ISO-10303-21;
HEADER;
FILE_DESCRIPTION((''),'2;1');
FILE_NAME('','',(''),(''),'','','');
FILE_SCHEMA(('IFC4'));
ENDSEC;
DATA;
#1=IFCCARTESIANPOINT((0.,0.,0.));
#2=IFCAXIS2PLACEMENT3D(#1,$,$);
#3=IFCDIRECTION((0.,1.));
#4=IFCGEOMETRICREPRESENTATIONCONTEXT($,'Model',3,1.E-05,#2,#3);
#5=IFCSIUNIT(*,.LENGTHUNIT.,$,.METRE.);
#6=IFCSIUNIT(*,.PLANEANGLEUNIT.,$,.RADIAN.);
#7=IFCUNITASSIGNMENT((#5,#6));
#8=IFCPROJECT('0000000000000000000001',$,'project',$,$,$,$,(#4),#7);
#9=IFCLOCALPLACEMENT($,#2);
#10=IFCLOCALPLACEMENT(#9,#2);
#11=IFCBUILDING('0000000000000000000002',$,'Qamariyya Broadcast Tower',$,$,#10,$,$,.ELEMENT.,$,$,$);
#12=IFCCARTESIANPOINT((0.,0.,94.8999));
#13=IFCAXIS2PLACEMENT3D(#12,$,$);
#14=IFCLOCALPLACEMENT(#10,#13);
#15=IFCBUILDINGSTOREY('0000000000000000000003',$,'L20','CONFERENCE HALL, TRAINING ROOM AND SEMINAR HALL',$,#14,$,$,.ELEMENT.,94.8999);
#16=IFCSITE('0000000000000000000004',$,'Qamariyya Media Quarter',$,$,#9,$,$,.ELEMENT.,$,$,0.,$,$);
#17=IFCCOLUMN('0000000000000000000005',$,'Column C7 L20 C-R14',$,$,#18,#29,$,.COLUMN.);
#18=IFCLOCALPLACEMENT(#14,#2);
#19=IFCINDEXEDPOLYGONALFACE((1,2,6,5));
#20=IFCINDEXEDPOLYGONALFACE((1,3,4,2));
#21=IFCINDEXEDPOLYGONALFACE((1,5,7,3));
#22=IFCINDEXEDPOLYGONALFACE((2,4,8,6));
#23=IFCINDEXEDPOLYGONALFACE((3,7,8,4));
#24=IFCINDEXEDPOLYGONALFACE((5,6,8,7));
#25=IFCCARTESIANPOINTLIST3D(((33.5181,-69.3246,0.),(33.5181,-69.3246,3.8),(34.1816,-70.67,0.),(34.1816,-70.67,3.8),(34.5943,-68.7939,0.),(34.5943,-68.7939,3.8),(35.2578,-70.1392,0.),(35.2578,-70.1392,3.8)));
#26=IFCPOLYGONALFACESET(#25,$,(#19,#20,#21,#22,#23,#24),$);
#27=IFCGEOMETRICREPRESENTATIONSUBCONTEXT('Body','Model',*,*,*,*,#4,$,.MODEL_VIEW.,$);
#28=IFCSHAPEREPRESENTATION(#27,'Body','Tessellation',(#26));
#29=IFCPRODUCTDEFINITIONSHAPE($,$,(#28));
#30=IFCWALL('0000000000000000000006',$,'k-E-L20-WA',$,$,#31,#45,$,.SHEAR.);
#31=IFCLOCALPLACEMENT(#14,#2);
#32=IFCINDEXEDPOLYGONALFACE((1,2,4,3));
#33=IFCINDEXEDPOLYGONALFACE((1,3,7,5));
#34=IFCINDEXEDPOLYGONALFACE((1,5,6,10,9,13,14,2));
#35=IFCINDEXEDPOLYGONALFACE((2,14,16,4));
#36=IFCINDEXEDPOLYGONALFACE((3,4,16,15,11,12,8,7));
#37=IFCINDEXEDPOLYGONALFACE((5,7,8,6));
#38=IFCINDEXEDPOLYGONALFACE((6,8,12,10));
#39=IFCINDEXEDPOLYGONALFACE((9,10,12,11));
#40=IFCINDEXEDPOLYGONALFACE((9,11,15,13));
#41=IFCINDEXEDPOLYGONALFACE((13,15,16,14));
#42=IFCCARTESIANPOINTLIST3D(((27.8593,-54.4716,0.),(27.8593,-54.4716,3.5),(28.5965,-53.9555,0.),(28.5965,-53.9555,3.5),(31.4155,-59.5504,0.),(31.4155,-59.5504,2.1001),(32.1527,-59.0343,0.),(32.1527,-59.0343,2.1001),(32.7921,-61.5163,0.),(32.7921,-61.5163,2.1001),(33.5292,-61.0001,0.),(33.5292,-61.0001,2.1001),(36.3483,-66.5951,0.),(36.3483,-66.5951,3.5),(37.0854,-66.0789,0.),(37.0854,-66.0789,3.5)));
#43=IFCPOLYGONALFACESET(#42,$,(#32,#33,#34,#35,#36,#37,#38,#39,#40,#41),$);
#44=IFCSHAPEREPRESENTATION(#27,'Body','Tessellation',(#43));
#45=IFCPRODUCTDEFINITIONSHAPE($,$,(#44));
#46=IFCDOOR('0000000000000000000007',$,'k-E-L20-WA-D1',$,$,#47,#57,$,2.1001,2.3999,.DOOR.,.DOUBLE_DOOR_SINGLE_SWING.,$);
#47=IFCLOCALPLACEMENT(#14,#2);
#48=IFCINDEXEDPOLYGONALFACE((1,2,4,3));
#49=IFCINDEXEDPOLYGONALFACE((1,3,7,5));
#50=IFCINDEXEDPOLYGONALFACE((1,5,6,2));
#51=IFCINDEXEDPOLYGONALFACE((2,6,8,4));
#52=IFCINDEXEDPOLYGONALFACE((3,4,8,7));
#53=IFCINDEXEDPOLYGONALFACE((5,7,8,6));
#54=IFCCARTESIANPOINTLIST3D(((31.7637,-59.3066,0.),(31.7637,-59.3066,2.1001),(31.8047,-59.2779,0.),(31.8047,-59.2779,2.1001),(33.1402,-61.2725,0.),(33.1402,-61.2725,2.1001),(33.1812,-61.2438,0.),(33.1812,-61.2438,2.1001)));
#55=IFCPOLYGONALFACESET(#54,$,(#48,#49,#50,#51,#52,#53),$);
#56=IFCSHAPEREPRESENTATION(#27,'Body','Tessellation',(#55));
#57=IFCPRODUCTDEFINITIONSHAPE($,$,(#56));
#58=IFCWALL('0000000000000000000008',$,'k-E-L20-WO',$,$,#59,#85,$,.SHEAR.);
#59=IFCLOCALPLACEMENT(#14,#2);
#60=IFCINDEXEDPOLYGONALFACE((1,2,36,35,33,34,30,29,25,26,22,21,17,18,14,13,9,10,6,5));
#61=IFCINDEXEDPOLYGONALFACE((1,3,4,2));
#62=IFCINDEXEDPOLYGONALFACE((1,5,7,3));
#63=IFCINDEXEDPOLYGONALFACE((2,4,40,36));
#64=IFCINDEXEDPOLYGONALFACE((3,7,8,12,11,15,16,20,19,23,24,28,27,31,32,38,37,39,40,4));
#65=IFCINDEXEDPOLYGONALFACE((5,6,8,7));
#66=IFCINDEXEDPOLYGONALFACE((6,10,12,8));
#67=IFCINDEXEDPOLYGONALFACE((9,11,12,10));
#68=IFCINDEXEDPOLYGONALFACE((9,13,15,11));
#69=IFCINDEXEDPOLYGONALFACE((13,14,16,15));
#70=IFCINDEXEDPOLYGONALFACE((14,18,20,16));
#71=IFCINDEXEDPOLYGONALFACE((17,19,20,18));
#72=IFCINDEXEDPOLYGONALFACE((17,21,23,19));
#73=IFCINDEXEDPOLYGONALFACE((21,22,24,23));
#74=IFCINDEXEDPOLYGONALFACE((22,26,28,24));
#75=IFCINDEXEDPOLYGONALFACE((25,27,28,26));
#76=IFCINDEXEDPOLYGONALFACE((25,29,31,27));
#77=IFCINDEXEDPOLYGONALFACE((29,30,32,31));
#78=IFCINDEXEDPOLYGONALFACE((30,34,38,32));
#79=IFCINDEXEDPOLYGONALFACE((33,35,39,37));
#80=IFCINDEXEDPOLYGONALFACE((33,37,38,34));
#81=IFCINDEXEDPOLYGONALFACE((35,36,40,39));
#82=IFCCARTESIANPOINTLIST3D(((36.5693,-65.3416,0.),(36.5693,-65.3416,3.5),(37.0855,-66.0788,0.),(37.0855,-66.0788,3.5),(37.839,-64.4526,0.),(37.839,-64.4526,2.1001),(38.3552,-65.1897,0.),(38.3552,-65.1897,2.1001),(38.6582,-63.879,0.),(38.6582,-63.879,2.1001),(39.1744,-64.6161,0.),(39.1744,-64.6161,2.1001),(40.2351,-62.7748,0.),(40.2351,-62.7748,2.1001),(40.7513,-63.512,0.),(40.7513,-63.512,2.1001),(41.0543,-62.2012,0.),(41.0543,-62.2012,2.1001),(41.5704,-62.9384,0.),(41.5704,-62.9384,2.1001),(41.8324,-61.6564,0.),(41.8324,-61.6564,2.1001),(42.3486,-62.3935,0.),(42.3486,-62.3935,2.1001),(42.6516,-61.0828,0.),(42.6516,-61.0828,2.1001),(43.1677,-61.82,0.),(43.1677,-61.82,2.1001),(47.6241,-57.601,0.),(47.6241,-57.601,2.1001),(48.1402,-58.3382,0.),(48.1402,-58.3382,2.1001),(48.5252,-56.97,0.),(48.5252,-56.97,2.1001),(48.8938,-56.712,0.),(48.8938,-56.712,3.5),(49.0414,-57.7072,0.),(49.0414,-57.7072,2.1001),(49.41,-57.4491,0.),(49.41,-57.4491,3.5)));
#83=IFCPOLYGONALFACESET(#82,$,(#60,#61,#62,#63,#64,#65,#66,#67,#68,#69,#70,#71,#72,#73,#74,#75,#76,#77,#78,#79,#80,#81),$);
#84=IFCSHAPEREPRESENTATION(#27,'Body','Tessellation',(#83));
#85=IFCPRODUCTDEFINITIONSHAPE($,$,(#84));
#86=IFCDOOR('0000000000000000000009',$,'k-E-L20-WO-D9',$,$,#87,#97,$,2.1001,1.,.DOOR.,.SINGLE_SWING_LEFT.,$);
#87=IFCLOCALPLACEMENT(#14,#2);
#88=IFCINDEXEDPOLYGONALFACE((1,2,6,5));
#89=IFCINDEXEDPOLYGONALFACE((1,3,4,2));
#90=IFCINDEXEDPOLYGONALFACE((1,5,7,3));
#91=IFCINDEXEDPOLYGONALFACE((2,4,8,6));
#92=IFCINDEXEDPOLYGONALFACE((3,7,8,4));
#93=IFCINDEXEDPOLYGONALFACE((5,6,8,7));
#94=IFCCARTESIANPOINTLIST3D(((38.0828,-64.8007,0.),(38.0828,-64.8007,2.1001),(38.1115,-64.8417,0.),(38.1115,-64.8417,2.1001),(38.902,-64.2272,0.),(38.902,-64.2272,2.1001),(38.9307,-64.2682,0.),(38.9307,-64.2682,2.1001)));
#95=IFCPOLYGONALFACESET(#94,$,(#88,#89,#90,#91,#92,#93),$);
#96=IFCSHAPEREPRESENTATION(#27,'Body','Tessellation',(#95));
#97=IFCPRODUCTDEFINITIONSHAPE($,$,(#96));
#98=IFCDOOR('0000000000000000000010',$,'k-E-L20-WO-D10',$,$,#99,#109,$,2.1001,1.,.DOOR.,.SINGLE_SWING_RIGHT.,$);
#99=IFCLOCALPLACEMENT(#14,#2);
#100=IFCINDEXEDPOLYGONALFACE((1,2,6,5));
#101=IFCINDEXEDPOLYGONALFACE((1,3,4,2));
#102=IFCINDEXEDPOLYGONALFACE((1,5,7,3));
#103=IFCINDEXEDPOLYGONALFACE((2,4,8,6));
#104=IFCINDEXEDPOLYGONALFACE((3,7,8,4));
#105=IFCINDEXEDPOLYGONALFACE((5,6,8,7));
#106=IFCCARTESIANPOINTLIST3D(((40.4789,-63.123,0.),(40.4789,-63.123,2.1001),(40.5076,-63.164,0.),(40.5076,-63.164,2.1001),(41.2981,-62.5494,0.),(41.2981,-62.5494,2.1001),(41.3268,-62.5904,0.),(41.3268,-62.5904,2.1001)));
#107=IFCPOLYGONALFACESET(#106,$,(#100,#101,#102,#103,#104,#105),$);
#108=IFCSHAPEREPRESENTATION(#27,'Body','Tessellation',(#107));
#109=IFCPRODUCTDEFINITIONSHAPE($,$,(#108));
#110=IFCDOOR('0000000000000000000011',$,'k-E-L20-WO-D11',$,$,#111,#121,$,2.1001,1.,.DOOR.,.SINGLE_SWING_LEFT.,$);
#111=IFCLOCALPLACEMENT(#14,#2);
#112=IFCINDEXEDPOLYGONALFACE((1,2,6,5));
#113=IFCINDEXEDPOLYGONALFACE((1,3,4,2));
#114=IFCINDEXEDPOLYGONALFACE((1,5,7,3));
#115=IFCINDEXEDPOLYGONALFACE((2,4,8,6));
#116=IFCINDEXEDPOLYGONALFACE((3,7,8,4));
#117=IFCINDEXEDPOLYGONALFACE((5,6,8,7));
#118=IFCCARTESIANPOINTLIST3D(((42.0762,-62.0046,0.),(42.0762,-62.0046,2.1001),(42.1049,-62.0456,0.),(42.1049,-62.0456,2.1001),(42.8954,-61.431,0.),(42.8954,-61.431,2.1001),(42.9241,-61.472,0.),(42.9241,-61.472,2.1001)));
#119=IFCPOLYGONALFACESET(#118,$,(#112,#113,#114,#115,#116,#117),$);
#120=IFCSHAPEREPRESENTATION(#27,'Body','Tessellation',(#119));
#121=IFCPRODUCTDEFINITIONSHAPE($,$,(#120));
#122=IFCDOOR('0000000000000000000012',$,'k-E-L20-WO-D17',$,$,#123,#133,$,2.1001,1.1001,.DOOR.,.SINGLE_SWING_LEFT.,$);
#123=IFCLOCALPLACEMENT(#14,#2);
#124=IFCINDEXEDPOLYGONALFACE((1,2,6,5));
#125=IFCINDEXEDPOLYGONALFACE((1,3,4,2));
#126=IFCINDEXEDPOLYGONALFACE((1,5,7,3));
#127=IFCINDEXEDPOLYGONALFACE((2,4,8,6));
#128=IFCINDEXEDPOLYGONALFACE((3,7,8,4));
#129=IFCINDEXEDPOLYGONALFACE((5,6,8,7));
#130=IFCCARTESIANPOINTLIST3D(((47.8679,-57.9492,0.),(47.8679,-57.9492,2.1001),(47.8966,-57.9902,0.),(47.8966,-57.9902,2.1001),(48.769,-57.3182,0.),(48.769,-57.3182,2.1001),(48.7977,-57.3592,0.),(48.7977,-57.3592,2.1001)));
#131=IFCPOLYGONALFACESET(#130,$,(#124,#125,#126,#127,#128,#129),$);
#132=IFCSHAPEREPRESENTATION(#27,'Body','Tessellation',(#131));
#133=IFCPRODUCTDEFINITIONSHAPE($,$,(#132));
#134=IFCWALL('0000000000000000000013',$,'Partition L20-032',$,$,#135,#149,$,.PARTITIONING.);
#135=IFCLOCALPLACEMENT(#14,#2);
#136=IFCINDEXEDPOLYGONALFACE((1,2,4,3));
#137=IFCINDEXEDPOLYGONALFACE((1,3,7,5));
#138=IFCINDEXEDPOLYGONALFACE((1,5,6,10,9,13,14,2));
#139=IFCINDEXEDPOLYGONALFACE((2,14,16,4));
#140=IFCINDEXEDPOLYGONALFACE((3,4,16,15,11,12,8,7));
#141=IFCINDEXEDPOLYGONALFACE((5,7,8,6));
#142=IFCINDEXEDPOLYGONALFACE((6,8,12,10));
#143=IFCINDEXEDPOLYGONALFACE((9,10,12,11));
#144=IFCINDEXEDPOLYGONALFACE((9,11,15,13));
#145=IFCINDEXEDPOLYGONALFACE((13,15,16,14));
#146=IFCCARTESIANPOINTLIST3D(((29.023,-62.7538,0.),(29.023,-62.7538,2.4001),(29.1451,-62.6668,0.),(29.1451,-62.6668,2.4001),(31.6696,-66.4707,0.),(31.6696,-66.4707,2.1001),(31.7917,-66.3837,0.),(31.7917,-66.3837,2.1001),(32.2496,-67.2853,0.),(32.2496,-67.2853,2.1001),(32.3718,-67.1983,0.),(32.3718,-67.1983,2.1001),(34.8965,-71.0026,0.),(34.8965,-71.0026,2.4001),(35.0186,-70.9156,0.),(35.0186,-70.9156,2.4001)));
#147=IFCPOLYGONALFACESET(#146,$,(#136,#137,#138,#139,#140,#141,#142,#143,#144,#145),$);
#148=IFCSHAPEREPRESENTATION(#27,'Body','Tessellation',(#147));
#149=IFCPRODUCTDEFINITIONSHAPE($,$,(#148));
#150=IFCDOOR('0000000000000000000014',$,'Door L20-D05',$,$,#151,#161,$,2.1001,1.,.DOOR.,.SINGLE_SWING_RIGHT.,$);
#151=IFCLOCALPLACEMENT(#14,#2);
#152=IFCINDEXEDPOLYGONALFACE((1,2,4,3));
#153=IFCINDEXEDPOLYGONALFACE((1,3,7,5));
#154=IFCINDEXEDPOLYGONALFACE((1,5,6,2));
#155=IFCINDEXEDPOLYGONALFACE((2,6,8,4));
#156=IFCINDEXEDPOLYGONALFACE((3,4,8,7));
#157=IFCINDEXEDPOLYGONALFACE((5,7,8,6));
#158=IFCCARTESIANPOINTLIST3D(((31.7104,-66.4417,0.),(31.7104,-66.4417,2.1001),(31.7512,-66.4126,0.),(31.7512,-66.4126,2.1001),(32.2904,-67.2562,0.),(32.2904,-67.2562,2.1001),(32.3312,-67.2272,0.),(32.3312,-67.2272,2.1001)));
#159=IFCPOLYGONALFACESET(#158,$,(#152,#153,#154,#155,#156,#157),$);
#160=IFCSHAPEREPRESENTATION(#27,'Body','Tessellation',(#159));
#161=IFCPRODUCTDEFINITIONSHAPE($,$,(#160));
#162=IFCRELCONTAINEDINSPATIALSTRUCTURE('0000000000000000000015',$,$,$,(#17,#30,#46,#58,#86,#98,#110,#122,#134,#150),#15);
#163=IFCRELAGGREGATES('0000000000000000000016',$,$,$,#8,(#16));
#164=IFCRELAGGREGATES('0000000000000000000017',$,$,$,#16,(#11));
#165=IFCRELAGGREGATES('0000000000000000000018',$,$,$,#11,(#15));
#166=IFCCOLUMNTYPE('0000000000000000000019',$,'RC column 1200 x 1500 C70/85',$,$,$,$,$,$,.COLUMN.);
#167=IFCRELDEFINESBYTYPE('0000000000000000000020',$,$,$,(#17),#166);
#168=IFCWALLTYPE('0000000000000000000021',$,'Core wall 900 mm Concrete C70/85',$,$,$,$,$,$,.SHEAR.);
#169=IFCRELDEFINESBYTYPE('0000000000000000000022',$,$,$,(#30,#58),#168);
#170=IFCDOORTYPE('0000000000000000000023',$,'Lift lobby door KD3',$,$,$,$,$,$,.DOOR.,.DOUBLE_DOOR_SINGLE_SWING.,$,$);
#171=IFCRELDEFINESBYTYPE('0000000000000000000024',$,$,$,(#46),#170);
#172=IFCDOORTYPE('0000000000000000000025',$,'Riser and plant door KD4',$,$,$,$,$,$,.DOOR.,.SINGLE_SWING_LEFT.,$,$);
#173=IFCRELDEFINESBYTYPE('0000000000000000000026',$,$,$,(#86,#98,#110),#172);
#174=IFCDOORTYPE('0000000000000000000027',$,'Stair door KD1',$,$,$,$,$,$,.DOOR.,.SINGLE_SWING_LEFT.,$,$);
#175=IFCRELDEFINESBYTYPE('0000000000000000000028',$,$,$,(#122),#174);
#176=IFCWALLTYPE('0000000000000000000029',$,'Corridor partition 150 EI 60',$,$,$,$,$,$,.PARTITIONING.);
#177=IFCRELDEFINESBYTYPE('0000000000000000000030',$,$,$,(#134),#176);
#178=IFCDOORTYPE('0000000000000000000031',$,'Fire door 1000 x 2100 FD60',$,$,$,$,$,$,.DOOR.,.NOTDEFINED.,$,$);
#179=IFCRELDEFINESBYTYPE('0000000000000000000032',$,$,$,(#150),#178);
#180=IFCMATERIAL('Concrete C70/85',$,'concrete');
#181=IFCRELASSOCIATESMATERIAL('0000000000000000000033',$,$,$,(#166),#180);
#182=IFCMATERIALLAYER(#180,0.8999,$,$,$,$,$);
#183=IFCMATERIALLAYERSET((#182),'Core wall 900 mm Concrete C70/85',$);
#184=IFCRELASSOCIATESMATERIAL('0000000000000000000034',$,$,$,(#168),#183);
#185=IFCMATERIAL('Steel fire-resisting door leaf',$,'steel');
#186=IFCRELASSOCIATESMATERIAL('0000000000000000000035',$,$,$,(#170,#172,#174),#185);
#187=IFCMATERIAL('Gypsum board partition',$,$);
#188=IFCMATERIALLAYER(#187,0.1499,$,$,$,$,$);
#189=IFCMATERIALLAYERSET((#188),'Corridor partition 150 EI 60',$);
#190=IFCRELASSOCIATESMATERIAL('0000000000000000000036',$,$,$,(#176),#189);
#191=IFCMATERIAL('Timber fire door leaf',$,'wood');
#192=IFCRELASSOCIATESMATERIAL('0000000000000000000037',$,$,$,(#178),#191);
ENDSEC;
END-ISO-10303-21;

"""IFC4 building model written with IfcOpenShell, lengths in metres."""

from ifc_helpers import new_model, si_unit, direction, frame, frame_2d, origin, origin_2d, place, context, subcontext, project, spatial, rectangle, extrude, material, layer, layer_set, material_profile, profile_set, type_object, element, fill, save


model = new_model("IFC4")

# Units and contexts
model_context = context("Model", 3, precision=1e-05, world=origin(), true_north=direction((0.0, 1.0)))
body_context = subcontext(model_context, "Body", "Model", "MODEL_VIEW")
ifc_project = project(units=[si_unit("LENGTHUNIT", "METRE"), si_unit("PLANEANGLEUNIT", "RADIAN")], contexts=[model_context])

# Site, building, storey
site_placement = place(None, origin())
site = spatial("IfcSite", under=ifc_project, at=site_placement, Name="Qamariyya Media Quarter", CompositionType="ELEMENT", RefElevation=0.0)
building_placement = place(site_placement, origin())
building = spatial("IfcBuilding", under=site, at=building_placement, Name="Qamariyya Broadcast Tower", CompositionType="ELEMENT")
storey_placement = place(building_placement, frame((0.0, 0.0, 94.8999)))
storey = spatial("IfcBuildingStorey", under=building, at=storey_placement, Name="L20", Description="CONFERENCE HALL, TRAINING ROOM AND SEMINAR HALL", CompositionType="ELEMENT", Elevation=94.8999)

# Column
ifc_material_1 = material(Name="Concrete C70/85", Category="concrete")
ifc_material_profile_1 = material_profile(ifc_material_1, rectangle(XDim=1.2, YDim=1.5, at=origin_2d()))
ifc_profile_set_1 = profile_set([ifc_material_profile_1], Name="Concrete C70/85")
column_type = type_object("IfcColumnType", Name="RC column 1200 x 1500 C70/85", PredefinedType="COLUMN", material=ifc_profile_set_1)
column_placement = place(storey_placement, frame((34.3879, -69.7319, 0.0), z_axis=(0.0, 0.0, 1.0), x_axis=(0.896873, 0.442289, 0.0)))
element("IfcColumn", 1, at=column_placement, inside=storey, type_object=column_type, Name="Column C7 L20 C-R14", PredefinedType="COLUMN", context=body_context, shape_type="SweptSolid", body=[
    extrude(rectangle(XDim=1.2, YDim=1.5, at=origin_2d()), origin(), (0.0, 0.0, 1.0), 3.8),
])

# Wall, opening, door
ifc_layer_1 = layer(ifc_material_1, 0.8999)
ifc_layer_set_1 = layer_set([ifc_layer_1], Name="Core wall 900 mm Concrete C70/85")
wall_type_1 = type_object("IfcWallType", Name="Core wall 900 mm Concrete C70/85", PredefinedType="SHEAR", material=ifc_layer_set_1)
wall_1_placement = place(storey_placement, frame((36.7168, -66.3369, 0.0), z_axis=(0.0, 0.0, 1.0), x_axis=(-0.573577, 0.819151, 0.0)))
wall_1 = element("IfcWall", 2, at=wall_1_placement, inside=storey, type_object=wall_type_1, Name="k-E-L20-WA", PredefinedType="SHEAR", context=body_context, shape_type="SweptSolid", body=[
    extrude(rectangle(XDim=14.8, YDim=0.8999, at=frame_2d((7.3999, 0.0))), origin(), (0.0, 0.0, 1.0), 3.5),
])
opening_1_placement = place(wall_1_placement, frame((6.2, 0.0, 0.0)))
opening_1 = element("IfcOpeningElement", 3, at=opening_1_placement, cuts=wall_1, PredefinedType="OPENING", context=body_context, shape_type="SweptSolid", body=[
    extrude(rectangle(XDim=2.3999, YDim=2.1001, at=frame_2d((1.2, 1.05))), frame((0.0, 0.46, 0.0), z_axis=(0.0, -1.0, 0.0), x_axis=(1.0, 0.0, 0.0)), (0.0, 0.0, 1.0), 0.9199),
])
ifc_material_2 = material(Name="Steel fire-resisting door leaf", Category="steel")
door_type_1 = type_object("IfcDoorType", Name="Lift lobby door KD3", OperationType="DOUBLE_DOOR_SINGLE_SWING", PredefinedType="DOOR", material=ifc_material_2)
door_1_placement = place(opening_1_placement, origin())
door_1 = element("IfcDoor", 4, at=door_1_placement, inside=storey, type_object=door_type_1, Name="k-E-L20-WA-D1", OperationType="DOUBLE_DOOR_SINGLE_SWING", OverallHeight=2.1001, OverallWidth=2.3999, PredefinedType="DOOR", context=body_context, shape_type="SweptSolid", body=[
    extrude(rectangle(XDim=2.3999, YDim=2.1001, at=frame_2d((1.2, 1.05))), frame((0.0, 0.0249, 0.0), z_axis=(0.0, -1.0, 0.0), x_axis=(1.0, 0.0, 0.0)), (0.0, 0.0, 1.0), 0.05),
])
fill(opening_1, door_1)

# Wall, openings, doors
wall_2_placement = place(storey_placement, frame((36.8274, -65.7102, 0.0), z_axis=(0.0, 0.0, 1.0), x_axis=(0.819153, 0.573575, 0.0)))
wall_2 = element("IfcWall", 5, at=wall_2_placement, inside=storey, type_object=wall_type_1, Name="k-E-L20-WO", PredefinedType="SHEAR", context=body_context, shape_type="SweptSolid", body=[
    extrude(rectangle(XDim=15.0454, YDim=0.8999, at=frame_2d((7.5227, 0.0))), origin(), (0.0, 0.0, 1.0), 3.5),
])
opening_2_placement = place(wall_2_placement, frame((1.55, 0.0, 0.0)))
opening_2 = element("IfcOpeningElement", 6, at=opening_2_placement, cuts=wall_2, PredefinedType="OPENING", context=body_context, shape_type="SweptSolid", body=[
    extrude(rectangle(XDim=1.0, YDim=2.1001, at=frame_2d((0.5, 1.05))), frame((0.0, 0.46, 0.0), z_axis=(0.0, -1.0, 0.0), x_axis=(1.0, 0.0, 0.0)), (0.0, 0.0, 1.0), 0.9199),
])
opening_3_placement = place(wall_2_placement, frame((4.4751, 0.0, 0.0)))
opening_3 = element("IfcOpeningElement", 7, at=opening_3_placement, cuts=wall_2, PredefinedType="OPENING", context=body_context, shape_type="SweptSolid", body=[
    extrude(rectangle(XDim=1.0, YDim=2.1001, at=frame_2d((0.5, 1.05))), frame((0.0, 0.46, 0.0), z_axis=(0.0, -1.0, 0.0), x_axis=(1.0, 0.0, 0.0)), (0.0, 0.0, 1.0), 0.9199),
])
opening_4_placement = place(wall_2_placement, frame((6.425, 0.0, 0.0)))
opening_4 = element("IfcOpeningElement", 8, at=opening_4_placement, cuts=wall_2, PredefinedType="OPENING", context=body_context, shape_type="SweptSolid", body=[
    extrude(rectangle(XDim=1.0, YDim=2.1001, at=frame_2d((0.5, 1.05))), frame((0.0, 0.46, 0.0), z_axis=(0.0, -1.0, 0.0), x_axis=(1.0, 0.0, 0.0)), (0.0, 0.0, 1.0), 0.9199),
])
opening_5_placement = place(wall_2_placement, frame((13.4954, 0.0, 0.0)))
opening_5 = element("IfcOpeningElement", 9, at=opening_5_placement, cuts=wall_2, PredefinedType="OPENING", context=body_context, shape_type="SweptSolid", body=[
    extrude(rectangle(XDim=1.1001, YDim=2.1001, at=frame_2d((0.55, 1.05))), frame((0.0, 0.46, 0.0), z_axis=(0.0, -1.0, 0.0), x_axis=(1.0, 0.0, 0.0)), (0.0, 0.0, 1.0), 0.9199),
])
door_type_2 = type_object("IfcDoorType", Name="Riser and plant door KD4", OperationType="SINGLE_SWING_LEFT", PredefinedType="DOOR", material=ifc_material_2)
door_2_placement = place(opening_2_placement, origin())
door_2 = element("IfcDoor", 10, at=door_2_placement, inside=storey, type_object=door_type_2, Name="k-E-L20-WO-D9", OperationType="SINGLE_SWING_LEFT", OverallHeight=2.1001, OverallWidth=1.0, PredefinedType="DOOR", context=body_context, shape_type="SweptSolid", body=[
    extrude(rectangle(XDim=1.0, YDim=2.1001, at=frame_2d((0.5, 1.05))), frame((0.0, 0.0249, 0.0), z_axis=(0.0, -1.0, 0.0), x_axis=(1.0, 0.0, 0.0)), (0.0, 0.0, 1.0), 0.05),
])
fill(opening_2, door_2)
door_3_placement = place(opening_3_placement, origin())
door_3 = element("IfcDoor", 11, at=door_3_placement, inside=storey, type_object=door_type_2, Name="k-E-L20-WO-D10", OperationType="SINGLE_SWING_RIGHT", OverallHeight=2.1001, OverallWidth=1.0, PredefinedType="DOOR", context=body_context, shape_type="SweptSolid", body=[
    extrude(rectangle(XDim=1.0, YDim=2.1001, at=frame_2d((0.5, 1.05))), frame((0.0, 0.0249, 0.0), z_axis=(0.0, -1.0, 0.0), x_axis=(1.0, 0.0, 0.0)), (0.0, 0.0, 1.0), 0.05),
])
fill(opening_3, door_3)
door_4_placement = place(opening_4_placement, origin())
door_4 = element("IfcDoor", 12, at=door_4_placement, inside=storey, type_object=door_type_2, Name="k-E-L20-WO-D11", OperationType="SINGLE_SWING_LEFT", OverallHeight=2.1001, OverallWidth=1.0, PredefinedType="DOOR", context=body_context, shape_type="SweptSolid", body=[
    extrude(rectangle(XDim=1.0, YDim=2.1001, at=frame_2d((0.5, 1.05))), frame((0.0, 0.0249, 0.0), z_axis=(0.0, -1.0, 0.0), x_axis=(1.0, 0.0, 0.0)), (0.0, 0.0, 1.0), 0.05),
])
fill(opening_4, door_4)
door_type_3 = type_object("IfcDoorType", Name="Stair door KD1", OperationType="SINGLE_SWING_LEFT", PredefinedType="DOOR", material=ifc_material_2)
door_5_placement = place(opening_5_placement, origin())
door_5 = element("IfcDoor", 13, at=door_5_placement, inside=storey, type_object=door_type_3, Name="k-E-L20-WO-D17", OperationType="SINGLE_SWING_LEFT", OverallHeight=2.1001, OverallWidth=1.1001, PredefinedType="DOOR", context=body_context, shape_type="SweptSolid", body=[
    extrude(rectangle(XDim=1.1001, YDim=2.1001, at=frame_2d((0.55, 1.05))), frame((0.0, 0.0249, 0.0), z_axis=(0.0, -1.0, 0.0), x_axis=(1.0, 0.0, 0.0)), (0.0, 0.0, 1.0), 0.05),
])
fill(opening_5, door_5)

# Wall, opening, door
ifc_material_3 = material(Name="Gypsum board partition")
ifc_layer_2 = layer(ifc_material_3, 0.1499)
ifc_layer_set_2 = layer_set([ifc_layer_2], Name="Corridor partition 150 EI 60")
wall_type_2 = type_object("IfcWallType", Name="Corridor partition 150 EI 60", PredefinedType="PARTITIONING", material=ifc_layer_set_2)
wall_3_placement = place(storey_placement, frame((34.9575, -70.959, 0.0), z_axis=(0.0, 0.0, 1.0), x_axis=(-0.580031, 0.814594, 0.0)))
wall_3 = element("IfcWall", 14, at=wall_3_placement, inside=storey, type_object=wall_type_2, Name="Partition L20-032", PredefinedType="PARTITIONING", context=body_context, shape_type="SweptSolid", body=[
    extrude(rectangle(XDim=10.1262, YDim=0.1499, at=frame_2d((5.063, 0.0))), origin(), (0.0, 0.0, 1.0), 2.4001),
])
opening_6_placement = place(wall_3_placement, frame((4.5632, 0.0, 0.0)))
opening_6 = element("IfcOpeningElement", 15, at=opening_6_placement, cuts=wall_3, PredefinedType="OPENING", context=body_context, shape_type="SweptSolid", body=[
    extrude(rectangle(XDim=1.0, YDim=2.1001, at=frame_2d((0.5, 1.05))), frame((0.0, 0.085, 0.0), z_axis=(0.0, -1.0, 0.0), x_axis=(1.0, 0.0, 0.0)), (0.0, 0.0, 1.0), 0.1699),
])
ifc_material_4 = material(Name="Timber fire door leaf", Category="wood")
door_type_4 = type_object("IfcDoorType", Name="Fire door 1000 x 2100 FD60", OperationType="NOTDEFINED", PredefinedType="DOOR", material=ifc_material_4)
door_6_placement = place(opening_6_placement, origin())
door_6 = element("IfcDoor", 16, at=door_6_placement, inside=storey, type_object=door_type_4, Name="Door L20-D05", OperationType="SINGLE_SWING_RIGHT", OverallHeight=2.1001, OverallWidth=1.0, PredefinedType="DOOR", context=body_context, shape_type="SweptSolid", body=[
    extrude(rectangle(XDim=1.0, YDim=2.1001, at=frame_2d((0.5, 1.05))), frame((0.0, 0.0249, 0.0), z_axis=(0.0, -1.0, 0.0), x_axis=(1.0, 0.0, 0.0)), (0.0, 0.0, 1.0), 0.05),
])
fill(opening_6, door_6)

save(model, "model.ifc")
